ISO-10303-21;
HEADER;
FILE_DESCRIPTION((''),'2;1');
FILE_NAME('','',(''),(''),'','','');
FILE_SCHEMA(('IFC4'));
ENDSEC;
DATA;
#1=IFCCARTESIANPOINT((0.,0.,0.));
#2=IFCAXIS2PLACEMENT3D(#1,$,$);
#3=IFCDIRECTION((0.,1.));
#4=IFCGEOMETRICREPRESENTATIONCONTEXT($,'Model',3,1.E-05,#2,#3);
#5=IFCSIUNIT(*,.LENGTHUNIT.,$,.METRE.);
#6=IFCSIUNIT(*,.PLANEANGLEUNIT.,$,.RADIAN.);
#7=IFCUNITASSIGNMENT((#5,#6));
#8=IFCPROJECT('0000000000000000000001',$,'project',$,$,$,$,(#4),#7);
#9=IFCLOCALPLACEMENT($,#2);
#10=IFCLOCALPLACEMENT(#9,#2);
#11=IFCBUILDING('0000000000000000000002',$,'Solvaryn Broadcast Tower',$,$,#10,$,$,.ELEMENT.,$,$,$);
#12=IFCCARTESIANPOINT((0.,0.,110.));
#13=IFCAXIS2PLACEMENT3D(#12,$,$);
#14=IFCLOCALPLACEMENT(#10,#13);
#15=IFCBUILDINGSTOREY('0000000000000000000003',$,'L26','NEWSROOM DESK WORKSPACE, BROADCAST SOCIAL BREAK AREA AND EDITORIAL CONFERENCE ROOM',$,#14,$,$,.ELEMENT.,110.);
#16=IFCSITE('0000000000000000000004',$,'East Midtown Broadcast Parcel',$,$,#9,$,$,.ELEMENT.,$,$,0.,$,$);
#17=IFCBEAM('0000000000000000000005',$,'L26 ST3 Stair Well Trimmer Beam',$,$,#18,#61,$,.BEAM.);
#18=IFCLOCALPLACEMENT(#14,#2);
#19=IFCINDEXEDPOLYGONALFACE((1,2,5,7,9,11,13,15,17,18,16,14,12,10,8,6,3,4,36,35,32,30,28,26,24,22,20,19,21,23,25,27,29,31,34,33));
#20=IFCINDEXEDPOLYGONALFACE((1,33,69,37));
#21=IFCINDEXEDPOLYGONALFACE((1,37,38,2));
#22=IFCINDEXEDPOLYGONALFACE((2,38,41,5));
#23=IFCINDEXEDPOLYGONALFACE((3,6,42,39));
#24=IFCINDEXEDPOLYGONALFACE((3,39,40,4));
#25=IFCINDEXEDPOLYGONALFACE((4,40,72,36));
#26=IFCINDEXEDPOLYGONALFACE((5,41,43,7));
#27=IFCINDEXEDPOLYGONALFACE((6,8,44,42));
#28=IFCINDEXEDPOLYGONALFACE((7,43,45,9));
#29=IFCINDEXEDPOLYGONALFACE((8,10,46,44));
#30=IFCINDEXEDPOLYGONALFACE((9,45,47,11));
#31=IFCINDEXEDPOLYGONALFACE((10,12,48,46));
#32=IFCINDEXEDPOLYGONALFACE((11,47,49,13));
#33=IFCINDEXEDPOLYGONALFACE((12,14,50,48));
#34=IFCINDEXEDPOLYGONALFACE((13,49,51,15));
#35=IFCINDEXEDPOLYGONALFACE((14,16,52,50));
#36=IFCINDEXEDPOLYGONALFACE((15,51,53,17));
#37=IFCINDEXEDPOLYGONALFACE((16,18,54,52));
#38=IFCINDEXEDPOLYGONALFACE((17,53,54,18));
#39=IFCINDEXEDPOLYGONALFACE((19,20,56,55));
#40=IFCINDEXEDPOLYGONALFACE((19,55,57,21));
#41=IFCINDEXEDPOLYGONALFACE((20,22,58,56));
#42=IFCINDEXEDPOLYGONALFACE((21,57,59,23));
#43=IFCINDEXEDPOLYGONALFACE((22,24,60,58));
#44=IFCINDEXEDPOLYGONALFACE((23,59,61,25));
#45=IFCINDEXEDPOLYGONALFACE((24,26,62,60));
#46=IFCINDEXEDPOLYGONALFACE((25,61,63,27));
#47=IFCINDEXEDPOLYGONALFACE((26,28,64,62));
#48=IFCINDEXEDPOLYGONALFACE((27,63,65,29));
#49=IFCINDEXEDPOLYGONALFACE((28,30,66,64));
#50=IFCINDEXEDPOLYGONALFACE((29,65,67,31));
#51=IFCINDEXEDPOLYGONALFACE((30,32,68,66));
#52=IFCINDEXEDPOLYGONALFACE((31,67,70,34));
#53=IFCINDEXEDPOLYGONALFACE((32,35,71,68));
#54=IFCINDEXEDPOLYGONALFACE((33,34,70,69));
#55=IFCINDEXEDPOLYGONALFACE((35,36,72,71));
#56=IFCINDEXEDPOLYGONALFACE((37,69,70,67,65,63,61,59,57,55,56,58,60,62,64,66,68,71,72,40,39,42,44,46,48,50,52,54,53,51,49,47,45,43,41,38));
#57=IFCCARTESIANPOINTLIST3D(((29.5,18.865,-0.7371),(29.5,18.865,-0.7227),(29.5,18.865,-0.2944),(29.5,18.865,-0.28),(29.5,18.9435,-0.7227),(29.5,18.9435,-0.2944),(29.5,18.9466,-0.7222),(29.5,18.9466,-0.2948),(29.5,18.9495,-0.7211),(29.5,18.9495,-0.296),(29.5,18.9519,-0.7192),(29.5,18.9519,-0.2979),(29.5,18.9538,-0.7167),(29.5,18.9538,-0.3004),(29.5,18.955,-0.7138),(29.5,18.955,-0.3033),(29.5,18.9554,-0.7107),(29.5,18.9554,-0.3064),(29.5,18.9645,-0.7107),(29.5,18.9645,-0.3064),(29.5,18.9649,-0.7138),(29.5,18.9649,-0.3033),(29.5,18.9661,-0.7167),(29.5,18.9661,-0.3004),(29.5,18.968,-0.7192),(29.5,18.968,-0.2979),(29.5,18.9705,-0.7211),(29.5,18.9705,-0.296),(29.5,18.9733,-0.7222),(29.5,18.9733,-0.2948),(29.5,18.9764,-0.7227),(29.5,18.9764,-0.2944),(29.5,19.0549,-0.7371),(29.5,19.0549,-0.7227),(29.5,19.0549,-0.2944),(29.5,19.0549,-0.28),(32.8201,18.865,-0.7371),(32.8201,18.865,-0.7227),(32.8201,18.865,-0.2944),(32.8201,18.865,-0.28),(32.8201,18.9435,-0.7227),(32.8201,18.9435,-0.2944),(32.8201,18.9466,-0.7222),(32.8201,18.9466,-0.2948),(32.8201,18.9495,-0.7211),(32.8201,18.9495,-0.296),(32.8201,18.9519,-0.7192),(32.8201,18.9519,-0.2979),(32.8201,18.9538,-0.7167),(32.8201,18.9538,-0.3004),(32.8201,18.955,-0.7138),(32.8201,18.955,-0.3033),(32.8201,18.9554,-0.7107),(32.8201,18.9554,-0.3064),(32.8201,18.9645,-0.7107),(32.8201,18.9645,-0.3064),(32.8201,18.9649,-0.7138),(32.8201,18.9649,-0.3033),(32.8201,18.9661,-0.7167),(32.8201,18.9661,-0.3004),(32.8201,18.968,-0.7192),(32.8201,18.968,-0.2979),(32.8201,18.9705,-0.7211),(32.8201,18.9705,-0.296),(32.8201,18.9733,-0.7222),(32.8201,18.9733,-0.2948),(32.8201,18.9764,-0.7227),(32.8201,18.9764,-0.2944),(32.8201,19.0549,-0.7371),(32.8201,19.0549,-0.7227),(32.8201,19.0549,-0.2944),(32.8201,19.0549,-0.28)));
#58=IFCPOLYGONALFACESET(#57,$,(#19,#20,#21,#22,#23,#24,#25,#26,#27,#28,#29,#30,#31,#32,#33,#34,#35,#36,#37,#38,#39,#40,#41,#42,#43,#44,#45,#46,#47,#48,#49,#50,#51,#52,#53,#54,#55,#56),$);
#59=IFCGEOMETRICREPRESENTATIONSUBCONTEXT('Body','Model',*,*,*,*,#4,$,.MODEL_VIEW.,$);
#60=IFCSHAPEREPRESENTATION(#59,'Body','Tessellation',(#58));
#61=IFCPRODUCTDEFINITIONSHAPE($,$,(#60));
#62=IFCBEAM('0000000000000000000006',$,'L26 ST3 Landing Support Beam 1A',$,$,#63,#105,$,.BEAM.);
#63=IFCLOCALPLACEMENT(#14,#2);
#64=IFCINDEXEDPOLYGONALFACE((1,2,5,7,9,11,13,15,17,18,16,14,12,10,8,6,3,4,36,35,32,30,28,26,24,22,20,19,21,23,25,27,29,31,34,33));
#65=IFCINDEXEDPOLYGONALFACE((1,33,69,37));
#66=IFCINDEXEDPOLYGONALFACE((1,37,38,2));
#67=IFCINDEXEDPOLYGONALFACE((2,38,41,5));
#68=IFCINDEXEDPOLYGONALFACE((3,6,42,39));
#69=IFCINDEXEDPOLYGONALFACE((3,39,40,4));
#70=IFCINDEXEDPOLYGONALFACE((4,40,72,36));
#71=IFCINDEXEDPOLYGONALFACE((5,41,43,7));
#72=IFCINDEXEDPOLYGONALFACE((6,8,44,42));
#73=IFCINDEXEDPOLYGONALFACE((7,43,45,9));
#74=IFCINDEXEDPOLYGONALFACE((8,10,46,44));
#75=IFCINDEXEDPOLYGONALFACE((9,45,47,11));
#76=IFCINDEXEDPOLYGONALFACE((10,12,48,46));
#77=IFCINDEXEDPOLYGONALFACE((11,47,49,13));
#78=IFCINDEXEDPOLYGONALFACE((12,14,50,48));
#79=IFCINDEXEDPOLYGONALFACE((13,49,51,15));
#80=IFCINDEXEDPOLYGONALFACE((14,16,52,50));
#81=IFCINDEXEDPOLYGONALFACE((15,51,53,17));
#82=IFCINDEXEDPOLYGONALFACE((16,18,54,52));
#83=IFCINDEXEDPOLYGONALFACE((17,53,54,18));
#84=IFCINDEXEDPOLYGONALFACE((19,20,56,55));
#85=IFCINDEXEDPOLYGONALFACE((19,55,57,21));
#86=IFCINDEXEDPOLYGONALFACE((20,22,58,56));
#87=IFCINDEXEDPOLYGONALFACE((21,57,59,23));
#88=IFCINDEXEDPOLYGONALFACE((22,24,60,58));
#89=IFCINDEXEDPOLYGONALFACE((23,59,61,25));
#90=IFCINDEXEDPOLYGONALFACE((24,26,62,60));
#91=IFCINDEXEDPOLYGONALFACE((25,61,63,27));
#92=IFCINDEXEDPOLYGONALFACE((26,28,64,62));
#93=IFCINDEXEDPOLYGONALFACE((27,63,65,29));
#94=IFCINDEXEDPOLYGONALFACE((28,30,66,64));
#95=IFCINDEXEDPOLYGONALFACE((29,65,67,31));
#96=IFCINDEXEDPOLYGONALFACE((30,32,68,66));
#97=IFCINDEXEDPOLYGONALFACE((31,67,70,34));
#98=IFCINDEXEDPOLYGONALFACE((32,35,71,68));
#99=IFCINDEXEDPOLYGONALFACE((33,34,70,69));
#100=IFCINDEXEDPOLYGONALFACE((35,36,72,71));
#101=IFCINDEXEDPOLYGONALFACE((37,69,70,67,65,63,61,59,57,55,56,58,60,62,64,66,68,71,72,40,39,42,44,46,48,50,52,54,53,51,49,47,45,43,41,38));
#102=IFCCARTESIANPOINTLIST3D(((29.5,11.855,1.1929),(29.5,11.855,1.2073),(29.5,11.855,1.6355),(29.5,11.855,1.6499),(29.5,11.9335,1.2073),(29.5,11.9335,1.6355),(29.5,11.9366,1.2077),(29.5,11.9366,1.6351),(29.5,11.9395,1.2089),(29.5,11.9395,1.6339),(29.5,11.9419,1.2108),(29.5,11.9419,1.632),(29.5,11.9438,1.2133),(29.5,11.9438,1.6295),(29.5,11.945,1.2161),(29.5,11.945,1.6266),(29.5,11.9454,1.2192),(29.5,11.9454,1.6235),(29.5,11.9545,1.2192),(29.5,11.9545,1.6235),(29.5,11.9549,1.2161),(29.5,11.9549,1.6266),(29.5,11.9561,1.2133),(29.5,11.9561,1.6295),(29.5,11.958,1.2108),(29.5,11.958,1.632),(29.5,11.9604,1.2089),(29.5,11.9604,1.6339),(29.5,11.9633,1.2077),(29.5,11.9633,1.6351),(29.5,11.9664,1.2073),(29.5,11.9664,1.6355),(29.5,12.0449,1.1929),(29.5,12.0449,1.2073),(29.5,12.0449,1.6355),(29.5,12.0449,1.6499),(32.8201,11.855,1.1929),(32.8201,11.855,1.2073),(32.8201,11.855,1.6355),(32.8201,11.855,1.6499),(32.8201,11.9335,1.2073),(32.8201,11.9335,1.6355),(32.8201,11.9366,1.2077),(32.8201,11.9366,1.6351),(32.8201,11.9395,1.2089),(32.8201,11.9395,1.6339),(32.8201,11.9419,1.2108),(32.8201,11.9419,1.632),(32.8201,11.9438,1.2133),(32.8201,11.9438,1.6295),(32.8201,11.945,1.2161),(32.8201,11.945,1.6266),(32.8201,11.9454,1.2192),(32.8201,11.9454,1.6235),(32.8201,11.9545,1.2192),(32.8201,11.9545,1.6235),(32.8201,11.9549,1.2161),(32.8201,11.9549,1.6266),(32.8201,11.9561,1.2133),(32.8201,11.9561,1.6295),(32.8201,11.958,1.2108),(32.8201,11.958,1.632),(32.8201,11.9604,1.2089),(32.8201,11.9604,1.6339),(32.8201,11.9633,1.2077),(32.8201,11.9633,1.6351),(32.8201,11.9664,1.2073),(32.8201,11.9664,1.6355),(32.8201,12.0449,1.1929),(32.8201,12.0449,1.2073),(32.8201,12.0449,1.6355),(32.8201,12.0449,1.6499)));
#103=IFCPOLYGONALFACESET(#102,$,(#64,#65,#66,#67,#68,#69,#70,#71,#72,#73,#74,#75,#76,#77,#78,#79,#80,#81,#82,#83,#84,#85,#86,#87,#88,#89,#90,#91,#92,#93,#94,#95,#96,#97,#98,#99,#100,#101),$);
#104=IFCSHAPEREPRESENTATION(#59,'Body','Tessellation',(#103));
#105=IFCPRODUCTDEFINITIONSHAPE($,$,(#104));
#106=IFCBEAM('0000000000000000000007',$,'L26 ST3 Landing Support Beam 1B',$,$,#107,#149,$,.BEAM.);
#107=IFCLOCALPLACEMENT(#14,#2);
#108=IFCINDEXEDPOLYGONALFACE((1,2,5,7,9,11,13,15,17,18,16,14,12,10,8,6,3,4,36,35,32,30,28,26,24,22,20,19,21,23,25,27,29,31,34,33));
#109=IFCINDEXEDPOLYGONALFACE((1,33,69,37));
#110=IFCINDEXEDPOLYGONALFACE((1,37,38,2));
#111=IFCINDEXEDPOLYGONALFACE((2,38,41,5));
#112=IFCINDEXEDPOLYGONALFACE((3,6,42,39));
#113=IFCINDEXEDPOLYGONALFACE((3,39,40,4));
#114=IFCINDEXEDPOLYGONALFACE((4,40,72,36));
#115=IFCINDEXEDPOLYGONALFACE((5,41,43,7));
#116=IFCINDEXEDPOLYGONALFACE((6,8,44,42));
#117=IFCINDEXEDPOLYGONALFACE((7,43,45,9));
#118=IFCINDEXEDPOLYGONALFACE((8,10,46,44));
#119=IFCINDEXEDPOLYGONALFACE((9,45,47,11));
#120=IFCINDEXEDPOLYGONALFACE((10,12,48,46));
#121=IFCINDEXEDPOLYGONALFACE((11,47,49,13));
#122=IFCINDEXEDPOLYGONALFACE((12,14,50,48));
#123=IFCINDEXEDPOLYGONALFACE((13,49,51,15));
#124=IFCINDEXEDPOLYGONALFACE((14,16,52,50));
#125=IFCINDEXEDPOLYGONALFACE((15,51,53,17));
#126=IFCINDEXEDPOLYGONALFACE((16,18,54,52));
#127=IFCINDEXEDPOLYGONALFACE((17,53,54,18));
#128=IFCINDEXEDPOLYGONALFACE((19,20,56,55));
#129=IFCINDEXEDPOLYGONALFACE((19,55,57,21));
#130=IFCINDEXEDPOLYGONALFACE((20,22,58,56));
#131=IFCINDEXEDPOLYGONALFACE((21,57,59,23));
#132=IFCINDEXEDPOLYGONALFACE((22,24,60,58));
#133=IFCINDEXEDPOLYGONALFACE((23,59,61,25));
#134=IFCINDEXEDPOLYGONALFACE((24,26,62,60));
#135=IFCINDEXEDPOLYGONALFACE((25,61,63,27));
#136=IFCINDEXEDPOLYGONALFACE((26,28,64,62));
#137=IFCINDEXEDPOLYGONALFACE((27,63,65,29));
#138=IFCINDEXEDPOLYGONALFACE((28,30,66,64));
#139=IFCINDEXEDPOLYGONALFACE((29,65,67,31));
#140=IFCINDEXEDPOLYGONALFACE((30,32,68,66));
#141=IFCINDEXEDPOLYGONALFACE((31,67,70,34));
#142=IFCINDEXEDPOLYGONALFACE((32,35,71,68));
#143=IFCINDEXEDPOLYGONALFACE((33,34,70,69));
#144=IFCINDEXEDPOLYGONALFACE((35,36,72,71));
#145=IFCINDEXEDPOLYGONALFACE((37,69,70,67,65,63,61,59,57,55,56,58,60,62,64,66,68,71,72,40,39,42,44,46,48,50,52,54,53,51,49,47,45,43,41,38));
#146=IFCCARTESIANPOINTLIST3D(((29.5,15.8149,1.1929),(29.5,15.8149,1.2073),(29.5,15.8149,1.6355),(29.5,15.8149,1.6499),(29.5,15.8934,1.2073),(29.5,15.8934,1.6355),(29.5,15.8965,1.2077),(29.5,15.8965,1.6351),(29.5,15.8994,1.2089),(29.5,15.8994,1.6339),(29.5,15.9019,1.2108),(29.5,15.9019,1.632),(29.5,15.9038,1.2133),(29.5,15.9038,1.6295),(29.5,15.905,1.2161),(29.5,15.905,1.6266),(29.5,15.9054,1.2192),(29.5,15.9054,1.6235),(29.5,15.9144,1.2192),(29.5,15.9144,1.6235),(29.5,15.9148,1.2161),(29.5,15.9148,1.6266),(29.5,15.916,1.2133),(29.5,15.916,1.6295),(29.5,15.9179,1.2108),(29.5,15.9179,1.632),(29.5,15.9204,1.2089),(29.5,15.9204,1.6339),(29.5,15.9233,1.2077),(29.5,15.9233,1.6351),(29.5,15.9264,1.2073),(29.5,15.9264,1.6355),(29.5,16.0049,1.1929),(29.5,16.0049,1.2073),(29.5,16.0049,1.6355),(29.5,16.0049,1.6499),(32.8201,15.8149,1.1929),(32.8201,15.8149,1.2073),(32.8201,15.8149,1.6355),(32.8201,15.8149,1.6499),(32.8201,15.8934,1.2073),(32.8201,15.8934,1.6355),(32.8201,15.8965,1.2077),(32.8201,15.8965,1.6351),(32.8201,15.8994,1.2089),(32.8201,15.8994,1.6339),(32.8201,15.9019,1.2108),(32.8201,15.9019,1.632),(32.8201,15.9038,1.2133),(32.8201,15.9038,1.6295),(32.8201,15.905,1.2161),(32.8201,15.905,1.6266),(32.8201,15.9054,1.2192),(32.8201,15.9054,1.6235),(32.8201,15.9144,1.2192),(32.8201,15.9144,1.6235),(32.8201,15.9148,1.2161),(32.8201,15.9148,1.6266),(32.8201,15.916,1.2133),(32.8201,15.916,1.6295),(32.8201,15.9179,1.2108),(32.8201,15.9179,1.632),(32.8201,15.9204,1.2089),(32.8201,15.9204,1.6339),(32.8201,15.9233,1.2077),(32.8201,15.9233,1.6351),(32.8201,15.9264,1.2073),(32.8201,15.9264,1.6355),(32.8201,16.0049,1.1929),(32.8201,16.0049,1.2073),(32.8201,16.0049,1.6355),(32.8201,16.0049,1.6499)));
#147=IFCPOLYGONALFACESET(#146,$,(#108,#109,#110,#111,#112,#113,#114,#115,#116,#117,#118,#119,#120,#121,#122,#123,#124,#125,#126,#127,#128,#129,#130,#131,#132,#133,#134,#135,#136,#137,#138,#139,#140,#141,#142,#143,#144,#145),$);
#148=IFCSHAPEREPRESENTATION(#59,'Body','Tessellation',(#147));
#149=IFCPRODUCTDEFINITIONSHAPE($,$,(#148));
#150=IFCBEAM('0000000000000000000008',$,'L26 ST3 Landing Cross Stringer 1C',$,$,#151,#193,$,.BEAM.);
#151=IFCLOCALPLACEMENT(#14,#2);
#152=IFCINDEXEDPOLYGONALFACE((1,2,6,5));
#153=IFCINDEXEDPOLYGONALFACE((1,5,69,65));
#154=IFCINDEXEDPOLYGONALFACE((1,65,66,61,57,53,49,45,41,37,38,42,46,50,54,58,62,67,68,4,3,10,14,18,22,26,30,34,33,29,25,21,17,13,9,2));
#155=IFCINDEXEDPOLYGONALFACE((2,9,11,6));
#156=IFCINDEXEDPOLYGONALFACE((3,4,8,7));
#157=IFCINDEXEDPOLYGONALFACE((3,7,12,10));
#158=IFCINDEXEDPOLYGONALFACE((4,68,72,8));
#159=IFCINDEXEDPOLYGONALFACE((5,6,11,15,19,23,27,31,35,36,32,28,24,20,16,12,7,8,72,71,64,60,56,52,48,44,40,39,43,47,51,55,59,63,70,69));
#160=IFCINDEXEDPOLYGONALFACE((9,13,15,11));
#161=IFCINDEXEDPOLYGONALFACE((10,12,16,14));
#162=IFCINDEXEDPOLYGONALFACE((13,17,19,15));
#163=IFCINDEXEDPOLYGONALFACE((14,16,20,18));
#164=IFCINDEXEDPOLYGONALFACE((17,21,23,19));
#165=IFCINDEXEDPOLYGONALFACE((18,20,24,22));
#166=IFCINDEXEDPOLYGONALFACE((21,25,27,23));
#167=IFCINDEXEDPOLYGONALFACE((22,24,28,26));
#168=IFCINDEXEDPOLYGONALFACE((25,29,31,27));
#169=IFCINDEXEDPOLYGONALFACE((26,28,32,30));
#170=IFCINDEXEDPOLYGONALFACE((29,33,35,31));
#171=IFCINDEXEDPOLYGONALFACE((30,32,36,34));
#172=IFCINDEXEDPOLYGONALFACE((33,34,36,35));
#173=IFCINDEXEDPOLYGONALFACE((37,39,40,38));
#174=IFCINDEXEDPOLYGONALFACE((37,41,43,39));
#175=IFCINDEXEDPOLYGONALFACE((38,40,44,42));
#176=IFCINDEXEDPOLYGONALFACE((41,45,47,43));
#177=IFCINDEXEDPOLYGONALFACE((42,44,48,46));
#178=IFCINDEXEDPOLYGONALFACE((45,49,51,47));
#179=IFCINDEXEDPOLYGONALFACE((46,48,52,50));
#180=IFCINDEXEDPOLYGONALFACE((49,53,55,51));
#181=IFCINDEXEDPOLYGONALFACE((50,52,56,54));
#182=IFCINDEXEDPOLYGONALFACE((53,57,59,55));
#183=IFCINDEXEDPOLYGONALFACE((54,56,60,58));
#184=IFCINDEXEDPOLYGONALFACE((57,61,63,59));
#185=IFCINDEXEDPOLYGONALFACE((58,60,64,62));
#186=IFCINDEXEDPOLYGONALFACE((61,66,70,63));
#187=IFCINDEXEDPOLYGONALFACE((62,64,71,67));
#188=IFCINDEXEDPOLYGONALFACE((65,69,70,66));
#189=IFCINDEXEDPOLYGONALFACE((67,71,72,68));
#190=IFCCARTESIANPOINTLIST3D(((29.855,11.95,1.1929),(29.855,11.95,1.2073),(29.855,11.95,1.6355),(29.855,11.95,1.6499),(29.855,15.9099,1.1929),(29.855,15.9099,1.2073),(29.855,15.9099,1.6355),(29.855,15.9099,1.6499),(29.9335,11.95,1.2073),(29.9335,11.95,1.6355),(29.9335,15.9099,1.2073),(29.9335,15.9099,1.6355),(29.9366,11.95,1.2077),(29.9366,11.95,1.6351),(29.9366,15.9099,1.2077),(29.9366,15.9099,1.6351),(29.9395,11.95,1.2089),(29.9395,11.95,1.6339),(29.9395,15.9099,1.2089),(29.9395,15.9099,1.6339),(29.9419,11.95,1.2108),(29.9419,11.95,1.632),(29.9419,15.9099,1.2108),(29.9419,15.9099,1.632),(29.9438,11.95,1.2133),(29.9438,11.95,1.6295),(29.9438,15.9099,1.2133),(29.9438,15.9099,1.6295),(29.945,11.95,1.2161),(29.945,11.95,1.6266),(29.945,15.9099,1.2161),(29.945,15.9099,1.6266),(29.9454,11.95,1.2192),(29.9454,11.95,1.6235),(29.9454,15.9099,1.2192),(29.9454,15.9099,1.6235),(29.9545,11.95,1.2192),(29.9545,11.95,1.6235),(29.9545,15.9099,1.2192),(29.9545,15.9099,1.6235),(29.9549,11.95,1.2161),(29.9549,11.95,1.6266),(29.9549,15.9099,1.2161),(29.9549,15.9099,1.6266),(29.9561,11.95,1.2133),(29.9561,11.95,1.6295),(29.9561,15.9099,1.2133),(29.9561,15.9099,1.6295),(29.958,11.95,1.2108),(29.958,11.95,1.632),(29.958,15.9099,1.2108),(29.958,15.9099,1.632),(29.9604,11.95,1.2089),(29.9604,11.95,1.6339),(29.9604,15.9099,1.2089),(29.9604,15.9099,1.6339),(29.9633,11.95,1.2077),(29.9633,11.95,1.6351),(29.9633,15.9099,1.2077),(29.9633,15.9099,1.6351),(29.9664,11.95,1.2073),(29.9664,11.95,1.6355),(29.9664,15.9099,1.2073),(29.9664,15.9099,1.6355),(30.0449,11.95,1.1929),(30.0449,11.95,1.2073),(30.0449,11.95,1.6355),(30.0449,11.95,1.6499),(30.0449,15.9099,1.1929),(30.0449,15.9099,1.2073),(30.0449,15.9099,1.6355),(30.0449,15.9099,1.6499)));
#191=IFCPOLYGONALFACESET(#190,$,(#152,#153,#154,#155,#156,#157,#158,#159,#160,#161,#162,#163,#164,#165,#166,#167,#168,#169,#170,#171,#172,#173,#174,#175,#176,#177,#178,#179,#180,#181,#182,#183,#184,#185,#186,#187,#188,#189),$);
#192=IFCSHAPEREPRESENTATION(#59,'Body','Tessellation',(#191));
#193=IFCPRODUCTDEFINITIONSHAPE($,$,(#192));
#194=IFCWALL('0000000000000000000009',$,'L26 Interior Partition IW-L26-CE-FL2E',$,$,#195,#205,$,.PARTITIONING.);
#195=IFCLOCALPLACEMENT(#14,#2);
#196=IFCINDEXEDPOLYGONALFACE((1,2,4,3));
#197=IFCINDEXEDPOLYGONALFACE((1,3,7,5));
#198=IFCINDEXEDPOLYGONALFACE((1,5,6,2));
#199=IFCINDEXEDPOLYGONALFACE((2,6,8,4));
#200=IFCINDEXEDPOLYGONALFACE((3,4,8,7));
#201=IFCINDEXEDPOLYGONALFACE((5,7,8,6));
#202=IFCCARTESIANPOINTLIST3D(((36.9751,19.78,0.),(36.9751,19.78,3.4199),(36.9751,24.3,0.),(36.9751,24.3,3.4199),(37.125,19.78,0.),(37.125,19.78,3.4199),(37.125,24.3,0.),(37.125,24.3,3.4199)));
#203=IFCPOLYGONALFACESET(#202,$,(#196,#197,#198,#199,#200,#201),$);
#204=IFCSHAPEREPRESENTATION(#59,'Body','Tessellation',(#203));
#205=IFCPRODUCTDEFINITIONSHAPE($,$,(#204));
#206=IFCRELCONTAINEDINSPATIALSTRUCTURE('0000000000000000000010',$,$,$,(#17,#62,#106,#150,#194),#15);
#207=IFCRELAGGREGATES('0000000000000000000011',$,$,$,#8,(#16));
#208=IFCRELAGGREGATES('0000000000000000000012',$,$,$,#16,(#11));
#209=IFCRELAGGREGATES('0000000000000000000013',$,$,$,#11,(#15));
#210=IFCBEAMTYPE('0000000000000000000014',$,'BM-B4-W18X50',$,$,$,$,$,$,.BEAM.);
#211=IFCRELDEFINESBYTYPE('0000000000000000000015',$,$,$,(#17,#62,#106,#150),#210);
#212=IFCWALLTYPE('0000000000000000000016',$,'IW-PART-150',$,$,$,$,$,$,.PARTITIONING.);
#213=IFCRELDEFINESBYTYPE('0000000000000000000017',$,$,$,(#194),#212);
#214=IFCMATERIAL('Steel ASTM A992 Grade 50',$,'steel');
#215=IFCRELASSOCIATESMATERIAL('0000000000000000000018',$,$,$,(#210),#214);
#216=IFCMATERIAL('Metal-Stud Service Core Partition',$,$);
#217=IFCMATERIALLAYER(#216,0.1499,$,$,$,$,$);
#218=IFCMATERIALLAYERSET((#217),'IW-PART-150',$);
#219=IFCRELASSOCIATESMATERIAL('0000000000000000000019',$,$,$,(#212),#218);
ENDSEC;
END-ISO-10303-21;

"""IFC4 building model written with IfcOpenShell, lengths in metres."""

from ifc_helpers import new_model, si_unit, direction, frame, frame_2d, origin, origin_2d, place, context, subcontext, project, spatial, rectangle, i_section, extrude, material, layer, layer_set, material_profile, profile_set, type_object, element, save


model = new_model("IFC4")

# Units and contexts
model_context = context("Model", 3, precision=1e-05, world=origin(), true_north=direction((0.0, 1.0)))
body_context = subcontext(model_context, "Body", "Model", "MODEL_VIEW")
ifc_project = project(units=[si_unit("LENGTHUNIT", "METRE"), si_unit("PLANEANGLEUNIT", "RADIAN")], contexts=[model_context])

# Site, building, storey
site_placement = place(None, origin())
site = spatial("IfcSite", under=ifc_project, at=site_placement, Name="East Midtown Broadcast Parcel", CompositionType="ELEMENT", RefElevation=0.0)
building_placement = place(site_placement, origin())
building = spatial("IfcBuilding", under=site, at=building_placement, Name="Solvaryn Broadcast Tower", CompositionType="ELEMENT")
storey_placement = place(building_placement, frame((0.0, 0.0, 110.0)))
storey = spatial("IfcBuildingStorey", under=building, at=storey_placement, Name="L26", Description="NEWSROOM DESK WORKSPACE, BROADCAST SOCIAL BREAK AREA AND EDITORIAL CONFERENCE ROOM", CompositionType="ELEMENT", Elevation=110.0)

# Beams
ifc_material_1 = material(Name="Steel ASTM A992 Grade 50", Category="steel")
ifc_material_profile_1 = material_profile(ifc_material_1, i_section(OverallWidth=0.1899, OverallDepth=0.457, WebThickness=0.009, FlangeThickness=0.0144, FilletRadius=0.012, at=origin_2d()))
ifc_profile_set_1 = profile_set([ifc_material_profile_1], Name="Steel ASTM A992 Grade 50")
beam_type_1 = type_object("IfcBeamType", Name="BM-B4-W18X50", PredefinedType="BEAM", material=ifc_profile_set_1)
for number, where, z_axis, x_axis, name in (
    (1, (29.5, 18.96, -0.5085), (1.0, 0.0, 0.0), (0.0, 1.0, 0.0), "L26 ST3 Stair Well Trimmer Beam"),
    (2, (29.5, 11.95, 1.4214), (1.0, 0.0, 0.0), (0.0, 1.0, 0.0), "L26 ST3 Landing Support Beam 1A"),
    (3, (29.5, 15.9099, 1.4214), (1.0, 0.0, 0.0), (0.0, 1.0, 0.0), "L26 ST3 Landing Support Beam 1B"),
):
    element("IfcBeam", number, at=place(storey_placement, frame(where, z_axis=z_axis, x_axis=x_axis)), inside=storey, type_object=beam_type_1, Name=name, PredefinedType="BEAM", context=body_context, shape_type="SweptSolid", body=[
        extrude(i_section(OverallWidth=0.1899, OverallDepth=0.457, WebThickness=0.009, FlangeThickness=0.0144, FilletRadius=0.012, at=origin_2d()), origin(), (0.0, 0.0, 1.0), 3.3201),
    ])
beam_1_placement = place(storey_placement, frame((29.95, 11.95, 1.4214), z_axis=(0.0, 1.0, 0.0), x_axis=(-1.0, 0.0, 0.0)))
element("IfcBeam", 4, at=beam_1_placement, inside=storey, type_object=beam_type_1, Name="L26 ST3 Landing Cross Stringer 1C", PredefinedType="BEAM", context=body_context, shape_type="SweptSolid", body=[
    extrude(i_section(OverallWidth=0.1899, OverallDepth=0.457, WebThickness=0.009, FlangeThickness=0.0144, FilletRadius=0.012, at=origin_2d()), origin(), (0.0, 0.0, 1.0), 3.96),
])

# Wall
ifc_material_2 = material(Name="Metal-Stud Service Core Partition")
ifc_layer_1 = layer(ifc_material_2, 0.1499)
ifc_layer_set_1 = layer_set([ifc_layer_1], Name="IW-PART-150")
wall_type_1 = type_object("IfcWallType", Name="IW-PART-150", PredefinedType="PARTITIONING", material=ifc_layer_set_1)
for number, where, z_axis, x_axis, name in (
    (5, (37.05, 19.78, 0.0), (0.0, 0.0, 1.0), (0.0, 1.0, 0.0), "L26 Interior Partition IW-L26-CE-FL2E"),
):
    element("IfcWall", number, at=place(storey_placement, frame(where, z_axis=z_axis, x_axis=x_axis)), inside=storey, type_object=wall_type_1, Name=name, PredefinedType="PARTITIONING", context=body_context, shape_type="SweptSolid", body=[
        extrude(rectangle(XDim=4.52, YDim=0.1499, at=frame_2d((2.26, 0.0))), origin(), (0.0, 0.0, 1.0), 3.4199),
    ])

save(model, "model.ifc")
